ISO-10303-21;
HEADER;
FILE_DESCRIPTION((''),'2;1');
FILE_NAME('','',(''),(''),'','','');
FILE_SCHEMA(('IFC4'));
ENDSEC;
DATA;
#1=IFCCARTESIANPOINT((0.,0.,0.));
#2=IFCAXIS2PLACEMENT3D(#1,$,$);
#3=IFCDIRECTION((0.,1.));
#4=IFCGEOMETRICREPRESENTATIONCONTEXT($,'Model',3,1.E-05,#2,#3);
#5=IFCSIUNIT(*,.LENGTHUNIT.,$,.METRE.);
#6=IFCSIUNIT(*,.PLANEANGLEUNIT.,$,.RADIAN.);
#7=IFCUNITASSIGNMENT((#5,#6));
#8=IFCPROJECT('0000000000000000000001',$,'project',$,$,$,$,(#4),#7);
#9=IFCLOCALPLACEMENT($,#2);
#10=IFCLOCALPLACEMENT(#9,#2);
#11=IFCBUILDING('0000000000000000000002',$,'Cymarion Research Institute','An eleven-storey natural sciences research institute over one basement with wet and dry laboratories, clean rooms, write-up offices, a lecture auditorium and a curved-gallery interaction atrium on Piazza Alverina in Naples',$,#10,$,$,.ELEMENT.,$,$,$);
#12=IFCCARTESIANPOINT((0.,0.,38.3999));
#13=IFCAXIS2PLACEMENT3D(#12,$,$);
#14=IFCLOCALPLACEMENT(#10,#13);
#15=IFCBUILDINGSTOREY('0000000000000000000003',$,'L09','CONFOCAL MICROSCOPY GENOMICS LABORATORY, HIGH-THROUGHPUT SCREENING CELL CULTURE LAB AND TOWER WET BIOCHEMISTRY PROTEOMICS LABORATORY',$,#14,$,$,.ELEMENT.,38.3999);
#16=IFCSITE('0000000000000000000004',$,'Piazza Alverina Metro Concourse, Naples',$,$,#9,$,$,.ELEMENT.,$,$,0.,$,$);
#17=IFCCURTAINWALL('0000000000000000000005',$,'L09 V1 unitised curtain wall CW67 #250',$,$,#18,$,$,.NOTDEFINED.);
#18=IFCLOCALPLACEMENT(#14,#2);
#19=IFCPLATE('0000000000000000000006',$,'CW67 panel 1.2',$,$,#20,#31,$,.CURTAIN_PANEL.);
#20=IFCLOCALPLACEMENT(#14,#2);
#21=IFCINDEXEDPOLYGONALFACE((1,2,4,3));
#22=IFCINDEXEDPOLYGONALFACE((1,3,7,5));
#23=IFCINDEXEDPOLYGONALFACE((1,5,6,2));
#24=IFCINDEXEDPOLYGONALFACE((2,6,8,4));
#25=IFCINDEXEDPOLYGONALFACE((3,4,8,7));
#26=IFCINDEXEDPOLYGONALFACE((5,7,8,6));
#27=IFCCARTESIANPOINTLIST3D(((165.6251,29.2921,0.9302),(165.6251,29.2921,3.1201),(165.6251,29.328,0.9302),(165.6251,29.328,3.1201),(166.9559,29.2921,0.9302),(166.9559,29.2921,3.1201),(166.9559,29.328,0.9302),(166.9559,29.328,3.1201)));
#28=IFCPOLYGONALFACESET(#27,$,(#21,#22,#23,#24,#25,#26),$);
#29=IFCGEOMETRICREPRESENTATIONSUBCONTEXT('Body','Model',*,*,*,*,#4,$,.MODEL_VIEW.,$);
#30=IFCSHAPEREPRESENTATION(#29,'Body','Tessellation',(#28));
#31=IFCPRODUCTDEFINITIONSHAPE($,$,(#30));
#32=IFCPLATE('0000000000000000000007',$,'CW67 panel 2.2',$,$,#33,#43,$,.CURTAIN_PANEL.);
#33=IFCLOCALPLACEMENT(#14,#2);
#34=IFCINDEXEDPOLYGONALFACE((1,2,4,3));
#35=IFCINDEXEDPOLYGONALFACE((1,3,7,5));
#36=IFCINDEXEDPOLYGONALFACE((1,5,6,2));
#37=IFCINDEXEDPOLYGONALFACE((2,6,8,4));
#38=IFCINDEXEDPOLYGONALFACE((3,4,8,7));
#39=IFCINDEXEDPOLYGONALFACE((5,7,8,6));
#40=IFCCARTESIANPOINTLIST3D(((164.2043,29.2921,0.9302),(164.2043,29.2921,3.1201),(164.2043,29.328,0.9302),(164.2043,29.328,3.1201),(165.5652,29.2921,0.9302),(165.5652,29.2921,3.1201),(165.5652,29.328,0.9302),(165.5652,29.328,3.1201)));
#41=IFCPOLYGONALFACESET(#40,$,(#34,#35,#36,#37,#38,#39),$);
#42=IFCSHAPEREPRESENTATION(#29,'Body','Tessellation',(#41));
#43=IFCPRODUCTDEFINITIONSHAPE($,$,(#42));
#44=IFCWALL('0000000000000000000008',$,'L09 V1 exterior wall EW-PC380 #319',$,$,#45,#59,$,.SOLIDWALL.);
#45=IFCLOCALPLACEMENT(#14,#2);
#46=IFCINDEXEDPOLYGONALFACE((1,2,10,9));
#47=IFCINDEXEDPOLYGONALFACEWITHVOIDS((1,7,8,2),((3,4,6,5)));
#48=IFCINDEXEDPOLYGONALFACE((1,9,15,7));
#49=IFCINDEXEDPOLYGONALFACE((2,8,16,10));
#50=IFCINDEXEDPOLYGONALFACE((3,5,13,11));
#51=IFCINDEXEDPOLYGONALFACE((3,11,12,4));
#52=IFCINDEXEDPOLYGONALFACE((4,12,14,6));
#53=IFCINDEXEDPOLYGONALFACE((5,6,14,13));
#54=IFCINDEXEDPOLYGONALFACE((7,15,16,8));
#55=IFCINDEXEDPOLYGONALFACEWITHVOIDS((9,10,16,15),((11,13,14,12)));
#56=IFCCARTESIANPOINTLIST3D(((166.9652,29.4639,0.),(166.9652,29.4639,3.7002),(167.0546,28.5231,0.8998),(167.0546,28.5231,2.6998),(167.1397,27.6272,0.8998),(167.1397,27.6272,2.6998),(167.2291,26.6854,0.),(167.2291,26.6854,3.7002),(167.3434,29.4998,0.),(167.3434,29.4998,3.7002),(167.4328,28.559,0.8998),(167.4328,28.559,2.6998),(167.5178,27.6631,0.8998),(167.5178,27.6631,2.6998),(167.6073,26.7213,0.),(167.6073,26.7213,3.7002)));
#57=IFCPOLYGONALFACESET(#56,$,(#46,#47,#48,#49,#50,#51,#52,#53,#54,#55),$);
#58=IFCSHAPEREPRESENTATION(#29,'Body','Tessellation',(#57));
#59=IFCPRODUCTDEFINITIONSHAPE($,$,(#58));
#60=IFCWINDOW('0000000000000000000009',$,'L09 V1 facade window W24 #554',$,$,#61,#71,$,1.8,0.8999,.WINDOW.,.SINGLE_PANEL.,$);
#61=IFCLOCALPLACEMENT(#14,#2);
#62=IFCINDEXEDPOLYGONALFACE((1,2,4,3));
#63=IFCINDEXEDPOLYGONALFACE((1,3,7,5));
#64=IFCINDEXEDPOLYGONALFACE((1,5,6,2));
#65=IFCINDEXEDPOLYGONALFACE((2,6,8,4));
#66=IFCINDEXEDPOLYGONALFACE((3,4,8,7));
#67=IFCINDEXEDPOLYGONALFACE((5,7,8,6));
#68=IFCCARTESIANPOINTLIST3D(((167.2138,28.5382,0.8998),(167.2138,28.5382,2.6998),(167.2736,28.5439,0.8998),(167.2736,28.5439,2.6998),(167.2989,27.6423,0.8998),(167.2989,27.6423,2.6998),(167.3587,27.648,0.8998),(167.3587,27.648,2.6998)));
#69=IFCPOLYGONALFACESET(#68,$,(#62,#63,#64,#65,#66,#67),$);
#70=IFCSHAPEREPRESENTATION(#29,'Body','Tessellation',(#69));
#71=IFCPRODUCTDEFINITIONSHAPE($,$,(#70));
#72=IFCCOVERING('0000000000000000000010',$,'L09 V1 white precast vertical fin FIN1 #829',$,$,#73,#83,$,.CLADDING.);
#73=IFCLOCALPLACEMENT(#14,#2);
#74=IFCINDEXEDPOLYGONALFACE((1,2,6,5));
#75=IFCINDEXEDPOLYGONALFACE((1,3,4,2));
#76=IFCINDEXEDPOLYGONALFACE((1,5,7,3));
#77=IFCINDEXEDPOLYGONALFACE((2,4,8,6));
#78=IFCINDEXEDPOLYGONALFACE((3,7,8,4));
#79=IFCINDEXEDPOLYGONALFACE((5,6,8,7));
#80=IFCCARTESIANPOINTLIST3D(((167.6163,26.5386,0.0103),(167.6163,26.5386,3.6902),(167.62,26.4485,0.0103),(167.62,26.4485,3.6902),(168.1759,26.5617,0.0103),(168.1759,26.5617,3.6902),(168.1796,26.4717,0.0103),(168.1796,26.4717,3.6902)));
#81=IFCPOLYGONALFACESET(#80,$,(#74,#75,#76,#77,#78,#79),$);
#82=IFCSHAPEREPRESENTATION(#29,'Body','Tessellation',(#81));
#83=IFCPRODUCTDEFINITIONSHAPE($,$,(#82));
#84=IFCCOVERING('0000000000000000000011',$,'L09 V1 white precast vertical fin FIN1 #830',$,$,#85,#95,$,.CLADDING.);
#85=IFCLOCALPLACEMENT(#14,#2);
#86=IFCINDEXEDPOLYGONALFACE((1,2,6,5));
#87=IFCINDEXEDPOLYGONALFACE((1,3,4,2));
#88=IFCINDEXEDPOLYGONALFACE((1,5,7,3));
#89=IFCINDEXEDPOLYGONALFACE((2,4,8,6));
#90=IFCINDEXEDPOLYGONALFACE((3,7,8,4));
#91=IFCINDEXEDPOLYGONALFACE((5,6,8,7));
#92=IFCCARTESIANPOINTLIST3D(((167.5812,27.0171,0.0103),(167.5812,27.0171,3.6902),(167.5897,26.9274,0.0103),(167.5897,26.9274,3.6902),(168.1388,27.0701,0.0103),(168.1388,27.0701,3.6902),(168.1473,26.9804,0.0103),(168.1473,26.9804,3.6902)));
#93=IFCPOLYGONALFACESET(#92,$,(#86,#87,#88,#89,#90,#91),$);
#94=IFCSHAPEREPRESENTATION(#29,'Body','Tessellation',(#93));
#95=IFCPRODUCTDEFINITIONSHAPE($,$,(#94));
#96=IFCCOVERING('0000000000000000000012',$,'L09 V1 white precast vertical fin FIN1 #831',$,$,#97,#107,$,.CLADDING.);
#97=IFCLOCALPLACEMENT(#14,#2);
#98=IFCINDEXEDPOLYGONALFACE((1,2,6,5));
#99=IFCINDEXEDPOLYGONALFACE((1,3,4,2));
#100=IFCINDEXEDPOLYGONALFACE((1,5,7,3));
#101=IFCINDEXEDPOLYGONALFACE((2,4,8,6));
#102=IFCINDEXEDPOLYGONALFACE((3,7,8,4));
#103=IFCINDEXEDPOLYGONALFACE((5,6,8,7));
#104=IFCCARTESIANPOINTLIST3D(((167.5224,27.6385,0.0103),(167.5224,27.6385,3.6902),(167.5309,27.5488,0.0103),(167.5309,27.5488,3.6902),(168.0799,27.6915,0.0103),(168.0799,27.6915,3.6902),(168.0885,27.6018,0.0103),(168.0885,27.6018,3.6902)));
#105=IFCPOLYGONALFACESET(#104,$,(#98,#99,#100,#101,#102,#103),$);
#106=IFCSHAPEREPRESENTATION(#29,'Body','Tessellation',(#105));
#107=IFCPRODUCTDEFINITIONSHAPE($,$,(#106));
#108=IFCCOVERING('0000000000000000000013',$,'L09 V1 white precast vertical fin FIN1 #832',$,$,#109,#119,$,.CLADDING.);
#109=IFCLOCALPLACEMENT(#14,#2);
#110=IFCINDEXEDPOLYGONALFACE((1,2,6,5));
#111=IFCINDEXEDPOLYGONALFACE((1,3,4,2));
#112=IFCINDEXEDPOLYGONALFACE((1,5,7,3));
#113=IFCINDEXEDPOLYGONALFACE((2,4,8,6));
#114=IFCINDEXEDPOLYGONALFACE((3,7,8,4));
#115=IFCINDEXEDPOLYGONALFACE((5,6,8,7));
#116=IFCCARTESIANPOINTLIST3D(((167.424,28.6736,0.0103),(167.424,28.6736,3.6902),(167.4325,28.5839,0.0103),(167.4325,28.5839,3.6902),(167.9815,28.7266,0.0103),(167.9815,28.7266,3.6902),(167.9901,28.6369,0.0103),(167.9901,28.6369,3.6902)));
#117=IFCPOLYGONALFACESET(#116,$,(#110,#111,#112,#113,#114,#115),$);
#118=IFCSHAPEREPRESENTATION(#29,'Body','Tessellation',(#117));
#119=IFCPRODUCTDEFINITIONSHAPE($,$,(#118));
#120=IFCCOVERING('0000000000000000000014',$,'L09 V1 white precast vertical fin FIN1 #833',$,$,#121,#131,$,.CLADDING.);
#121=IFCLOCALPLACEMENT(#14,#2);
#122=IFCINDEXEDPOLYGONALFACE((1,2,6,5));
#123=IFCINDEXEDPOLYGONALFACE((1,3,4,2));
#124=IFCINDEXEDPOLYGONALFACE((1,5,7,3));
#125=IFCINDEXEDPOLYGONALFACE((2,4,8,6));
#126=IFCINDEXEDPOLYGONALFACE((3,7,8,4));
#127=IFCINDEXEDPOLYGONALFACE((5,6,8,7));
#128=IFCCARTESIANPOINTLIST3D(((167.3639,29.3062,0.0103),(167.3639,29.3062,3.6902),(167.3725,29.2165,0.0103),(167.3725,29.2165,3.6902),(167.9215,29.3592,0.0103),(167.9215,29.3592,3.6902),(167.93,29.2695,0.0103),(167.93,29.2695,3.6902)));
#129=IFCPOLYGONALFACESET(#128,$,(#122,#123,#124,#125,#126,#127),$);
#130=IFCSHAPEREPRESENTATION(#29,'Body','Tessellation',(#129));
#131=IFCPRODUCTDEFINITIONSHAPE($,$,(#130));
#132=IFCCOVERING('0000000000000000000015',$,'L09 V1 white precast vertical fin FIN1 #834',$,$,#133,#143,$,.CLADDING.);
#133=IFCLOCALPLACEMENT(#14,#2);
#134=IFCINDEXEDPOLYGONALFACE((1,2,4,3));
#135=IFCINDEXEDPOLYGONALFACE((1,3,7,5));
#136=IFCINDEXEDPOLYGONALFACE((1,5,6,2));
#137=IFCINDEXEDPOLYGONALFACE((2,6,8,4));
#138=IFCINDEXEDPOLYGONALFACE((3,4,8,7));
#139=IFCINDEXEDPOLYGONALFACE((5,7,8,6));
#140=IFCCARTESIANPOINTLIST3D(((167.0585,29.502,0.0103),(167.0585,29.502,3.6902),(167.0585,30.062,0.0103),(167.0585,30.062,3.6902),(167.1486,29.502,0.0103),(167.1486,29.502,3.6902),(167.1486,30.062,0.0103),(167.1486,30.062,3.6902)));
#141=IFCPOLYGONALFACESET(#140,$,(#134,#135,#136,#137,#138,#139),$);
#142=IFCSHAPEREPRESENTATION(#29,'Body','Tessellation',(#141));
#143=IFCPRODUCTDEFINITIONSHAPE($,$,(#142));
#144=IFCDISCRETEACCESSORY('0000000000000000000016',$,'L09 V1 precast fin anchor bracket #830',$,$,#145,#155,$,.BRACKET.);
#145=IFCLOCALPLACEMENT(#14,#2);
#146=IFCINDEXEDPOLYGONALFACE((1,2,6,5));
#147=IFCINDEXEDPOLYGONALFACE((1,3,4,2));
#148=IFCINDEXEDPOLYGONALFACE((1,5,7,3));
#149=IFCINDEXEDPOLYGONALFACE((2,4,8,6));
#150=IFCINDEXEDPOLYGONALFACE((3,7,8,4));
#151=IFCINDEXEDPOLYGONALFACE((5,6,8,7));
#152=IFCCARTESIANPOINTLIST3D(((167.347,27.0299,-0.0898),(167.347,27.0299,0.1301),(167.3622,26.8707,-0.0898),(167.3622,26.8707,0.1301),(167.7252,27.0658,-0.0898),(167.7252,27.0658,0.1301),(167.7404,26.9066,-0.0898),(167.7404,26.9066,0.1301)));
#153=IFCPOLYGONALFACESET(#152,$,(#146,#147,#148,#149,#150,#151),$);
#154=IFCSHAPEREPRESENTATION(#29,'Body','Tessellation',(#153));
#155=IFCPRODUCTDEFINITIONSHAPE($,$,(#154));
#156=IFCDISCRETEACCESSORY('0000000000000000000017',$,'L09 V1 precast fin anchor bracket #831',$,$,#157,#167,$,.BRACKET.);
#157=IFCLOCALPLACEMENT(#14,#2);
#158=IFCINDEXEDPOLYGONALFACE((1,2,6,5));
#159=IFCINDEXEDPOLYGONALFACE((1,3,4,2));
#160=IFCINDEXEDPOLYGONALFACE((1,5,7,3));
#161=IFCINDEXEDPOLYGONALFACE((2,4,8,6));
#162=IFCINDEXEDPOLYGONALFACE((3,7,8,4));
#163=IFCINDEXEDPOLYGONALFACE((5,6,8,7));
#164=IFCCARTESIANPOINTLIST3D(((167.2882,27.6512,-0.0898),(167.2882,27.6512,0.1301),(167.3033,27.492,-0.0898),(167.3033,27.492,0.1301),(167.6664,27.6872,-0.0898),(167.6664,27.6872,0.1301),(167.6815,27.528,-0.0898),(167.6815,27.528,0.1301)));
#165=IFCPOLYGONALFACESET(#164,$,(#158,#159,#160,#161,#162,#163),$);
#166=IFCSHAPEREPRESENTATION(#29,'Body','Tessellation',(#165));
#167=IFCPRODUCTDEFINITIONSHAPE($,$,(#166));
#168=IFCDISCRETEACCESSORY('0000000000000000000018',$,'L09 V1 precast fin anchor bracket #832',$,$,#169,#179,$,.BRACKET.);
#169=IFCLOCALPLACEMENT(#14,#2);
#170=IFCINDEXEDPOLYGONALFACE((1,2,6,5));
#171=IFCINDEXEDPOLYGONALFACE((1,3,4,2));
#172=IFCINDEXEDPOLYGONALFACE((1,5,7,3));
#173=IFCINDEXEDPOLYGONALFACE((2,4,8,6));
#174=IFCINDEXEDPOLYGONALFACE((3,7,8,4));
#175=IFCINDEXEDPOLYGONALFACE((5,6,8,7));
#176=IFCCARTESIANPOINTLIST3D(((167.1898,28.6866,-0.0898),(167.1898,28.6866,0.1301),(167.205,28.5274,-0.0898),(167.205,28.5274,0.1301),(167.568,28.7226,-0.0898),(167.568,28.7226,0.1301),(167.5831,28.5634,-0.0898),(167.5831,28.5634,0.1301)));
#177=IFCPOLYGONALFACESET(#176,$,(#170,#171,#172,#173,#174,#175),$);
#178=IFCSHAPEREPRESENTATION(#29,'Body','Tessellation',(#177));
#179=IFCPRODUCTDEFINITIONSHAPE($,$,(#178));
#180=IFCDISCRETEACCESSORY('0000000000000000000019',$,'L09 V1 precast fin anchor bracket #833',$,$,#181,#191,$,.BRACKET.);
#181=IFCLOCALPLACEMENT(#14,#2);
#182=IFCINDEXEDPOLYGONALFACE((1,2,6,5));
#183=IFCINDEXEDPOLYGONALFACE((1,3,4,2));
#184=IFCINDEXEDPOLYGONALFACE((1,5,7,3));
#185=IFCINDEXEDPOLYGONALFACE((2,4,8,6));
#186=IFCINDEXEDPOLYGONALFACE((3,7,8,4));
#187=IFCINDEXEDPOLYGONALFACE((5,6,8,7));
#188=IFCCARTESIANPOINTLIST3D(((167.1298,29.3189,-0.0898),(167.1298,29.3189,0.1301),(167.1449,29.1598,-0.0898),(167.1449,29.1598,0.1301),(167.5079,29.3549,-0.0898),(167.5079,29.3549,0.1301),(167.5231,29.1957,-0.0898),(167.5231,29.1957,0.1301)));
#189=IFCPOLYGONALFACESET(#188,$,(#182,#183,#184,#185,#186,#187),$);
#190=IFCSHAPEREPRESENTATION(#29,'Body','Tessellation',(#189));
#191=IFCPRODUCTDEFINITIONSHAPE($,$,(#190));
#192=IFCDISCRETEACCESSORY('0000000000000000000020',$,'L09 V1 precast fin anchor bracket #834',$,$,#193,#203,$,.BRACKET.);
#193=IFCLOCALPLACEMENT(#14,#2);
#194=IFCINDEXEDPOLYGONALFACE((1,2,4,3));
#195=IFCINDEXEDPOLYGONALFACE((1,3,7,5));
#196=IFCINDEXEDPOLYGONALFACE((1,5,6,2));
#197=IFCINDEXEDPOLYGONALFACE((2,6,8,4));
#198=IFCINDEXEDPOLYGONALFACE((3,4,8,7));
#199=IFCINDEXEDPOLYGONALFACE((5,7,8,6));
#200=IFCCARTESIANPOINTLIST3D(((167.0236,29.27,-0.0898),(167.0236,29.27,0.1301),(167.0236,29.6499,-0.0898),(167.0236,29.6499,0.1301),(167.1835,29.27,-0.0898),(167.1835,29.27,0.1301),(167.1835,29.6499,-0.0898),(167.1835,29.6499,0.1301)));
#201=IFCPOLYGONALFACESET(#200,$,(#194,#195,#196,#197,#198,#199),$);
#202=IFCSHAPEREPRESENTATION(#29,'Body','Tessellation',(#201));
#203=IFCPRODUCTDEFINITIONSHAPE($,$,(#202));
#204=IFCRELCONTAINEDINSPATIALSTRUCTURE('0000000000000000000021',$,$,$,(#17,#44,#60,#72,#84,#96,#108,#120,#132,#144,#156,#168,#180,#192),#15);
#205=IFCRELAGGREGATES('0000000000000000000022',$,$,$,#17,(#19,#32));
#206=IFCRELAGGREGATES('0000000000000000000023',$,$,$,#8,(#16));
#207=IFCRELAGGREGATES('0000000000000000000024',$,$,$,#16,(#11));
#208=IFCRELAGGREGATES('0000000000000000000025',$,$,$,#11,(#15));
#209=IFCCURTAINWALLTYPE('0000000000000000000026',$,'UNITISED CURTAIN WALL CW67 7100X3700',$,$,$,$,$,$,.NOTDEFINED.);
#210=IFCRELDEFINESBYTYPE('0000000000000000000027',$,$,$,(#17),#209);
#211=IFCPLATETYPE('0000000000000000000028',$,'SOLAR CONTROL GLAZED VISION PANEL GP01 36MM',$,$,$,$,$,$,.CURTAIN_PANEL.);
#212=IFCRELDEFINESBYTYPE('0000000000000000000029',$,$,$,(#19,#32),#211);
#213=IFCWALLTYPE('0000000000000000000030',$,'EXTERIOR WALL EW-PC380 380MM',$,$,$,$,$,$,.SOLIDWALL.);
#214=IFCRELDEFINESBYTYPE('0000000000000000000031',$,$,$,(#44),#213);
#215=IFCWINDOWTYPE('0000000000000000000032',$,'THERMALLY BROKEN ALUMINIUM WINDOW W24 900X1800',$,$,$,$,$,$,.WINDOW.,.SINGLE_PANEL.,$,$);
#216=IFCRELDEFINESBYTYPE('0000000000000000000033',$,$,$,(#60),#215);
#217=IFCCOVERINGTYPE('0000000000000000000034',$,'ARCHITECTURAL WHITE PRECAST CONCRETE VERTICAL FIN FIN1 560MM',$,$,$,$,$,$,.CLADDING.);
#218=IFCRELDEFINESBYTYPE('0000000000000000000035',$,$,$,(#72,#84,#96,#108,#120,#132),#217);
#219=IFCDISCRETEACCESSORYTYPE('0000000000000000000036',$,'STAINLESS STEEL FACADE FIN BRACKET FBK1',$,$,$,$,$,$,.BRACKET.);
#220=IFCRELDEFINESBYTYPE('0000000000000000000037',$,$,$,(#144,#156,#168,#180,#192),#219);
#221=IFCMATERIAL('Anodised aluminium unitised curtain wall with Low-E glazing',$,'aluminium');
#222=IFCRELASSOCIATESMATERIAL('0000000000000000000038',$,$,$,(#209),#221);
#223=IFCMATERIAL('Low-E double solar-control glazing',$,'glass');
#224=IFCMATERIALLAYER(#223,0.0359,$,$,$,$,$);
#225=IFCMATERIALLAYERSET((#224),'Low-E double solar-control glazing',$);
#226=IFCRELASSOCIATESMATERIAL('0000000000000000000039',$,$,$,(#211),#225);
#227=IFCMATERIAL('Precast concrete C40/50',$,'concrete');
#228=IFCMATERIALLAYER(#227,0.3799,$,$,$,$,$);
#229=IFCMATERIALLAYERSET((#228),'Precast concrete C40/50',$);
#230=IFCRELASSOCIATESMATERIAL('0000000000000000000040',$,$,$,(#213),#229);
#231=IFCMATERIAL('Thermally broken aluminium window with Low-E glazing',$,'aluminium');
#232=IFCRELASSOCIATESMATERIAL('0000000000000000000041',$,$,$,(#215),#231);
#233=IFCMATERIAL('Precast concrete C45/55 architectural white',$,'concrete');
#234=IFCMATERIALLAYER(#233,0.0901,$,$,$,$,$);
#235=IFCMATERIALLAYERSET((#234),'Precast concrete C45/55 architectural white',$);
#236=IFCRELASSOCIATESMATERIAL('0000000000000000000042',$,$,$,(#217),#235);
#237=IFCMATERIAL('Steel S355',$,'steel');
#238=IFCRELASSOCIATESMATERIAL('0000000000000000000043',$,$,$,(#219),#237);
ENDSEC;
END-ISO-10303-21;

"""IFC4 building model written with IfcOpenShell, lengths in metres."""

from ifc_helpers import new_model, si_unit, direction, frame, frame_2d, origin, origin_2d, place, context, subcontext, project, spatial, rectangle, extrude, material, layer, layer_set, type_object, element, fill, aggregate, save


model = new_model("IFC4")

# Units and contexts
model_context = context("Model", 3, precision=1e-05, world=origin(), true_north=direction((0.0, 1.0)))
body_context = subcontext(model_context, "Body", "Model", "MODEL_VIEW")
ifc_project = project(units=[si_unit("LENGTHUNIT", "METRE"), si_unit("PLANEANGLEUNIT", "RADIAN")], contexts=[model_context])

# Site, building, storey
site_placement = place(None, origin())
site = spatial("IfcSite", under=ifc_project, at=site_placement, Name="Piazza Alverina Metro Concourse, Naples", CompositionType="ELEMENT", RefElevation=0.0)
building_placement = place(site_placement, origin())
building = spatial("IfcBuilding", under=site, at=building_placement, Name="Cymarion Research Institute", Description="An eleven-storey natural sciences research institute over one basement with wet and dry laboratories, clean rooms, write-up offices, a lecture auditorium and a curved-gallery interaction atrium on Piazza Alverina in Naples", CompositionType="ELEMENT")
storey_placement = place(building_placement, frame((0.0, 0.0, 38.3999)))
storey = spatial("IfcBuildingStorey", under=building, at=storey_placement, Name="L09", Description="CONFOCAL MICROSCOPY GENOMICS LABORATORY, HIGH-THROUGHPUT SCREENING CELL CULTURE LAB AND TOWER WET BIOCHEMISTRY PROTEOMICS LABORATORY", CompositionType="ELEMENT", Elevation=38.3999)

# Curtain wall, plates
ifc_material_1 = material(Name="Anodised aluminium unitised curtain wall with Low-E glazing", Category="aluminium")
curtain_wall_type = type_object("IfcCurtainWallType", Name="UNITISED CURTAIN WALL CW67 7100X3700", PredefinedType="NOTDEFINED", material=ifc_material_1)
curtain_wall_placement = place(storey_placement, origin())
curtain_wall = element("IfcCurtainWall", 1, at=curtain_wall_placement, inside=storey, type_object=curtain_wall_type, Name="L09 V1 unitised curtain wall CW67 #250", PredefinedType="NOTDEFINED")
ifc_material_2 = material(Name="Low-E double solar-control glazing", Category="glass")
ifc_layer_1 = layer(ifc_material_2, 0.0359)
ifc_layer_set_1 = layer_set([ifc_layer_1], Name="Low-E double solar-control glazing")
plate_type_1 = type_object("IfcPlateType", Name="SOLAR CONTROL GLAZED VISION PANEL GP01 36MM", PredefinedType="CURTAIN_PANEL", material=ifc_layer_set_1)
plate_1_placement = place(storey_placement, frame((166.2905, 29.3101, 0.9302), z_axis=(0.0, 0.0, 1.0), x_axis=(-1.0, 0.0, 0.0)))
plate_1 = element("IfcPlate", 2, at=plate_1_placement, type_object=plate_type_1, Name="CW67 panel 1.2", PredefinedType="CURTAIN_PANEL", context=body_context, shape_type="SweptSolid", body=[
    extrude(rectangle(XDim=1.3308, YDim=0.0359, at=origin_2d()), origin(), (0.0, 0.0, 1.0), 2.1899),
])
plate_2_placement = place(storey_placement, frame((164.8848, 29.3101, 0.9302), z_axis=(0.0, 0.0, 1.0), x_axis=(-1.0, 0.0, 0.0)))
plate_2 = element("IfcPlate", 3, at=plate_2_placement, type_object=plate_type_1, Name="CW67 panel 2.2", PredefinedType="CURTAIN_PANEL", context=body_context, shape_type="SweptSolid", body=[
    extrude(rectangle(XDim=1.3608, YDim=0.0359, at=origin_2d()), origin(), (0.0, 0.0, 1.0), 2.1899),
])
aggregate(curtain_wall, [plate_1, plate_2])

# Wall, opening, window
ifc_material_3 = material(Name="Precast concrete C40/50", Category="concrete")
ifc_layer_2 = layer(ifc_material_3, 0.3799)
ifc_layer_set_2 = layer_set([ifc_layer_2], Name="Precast concrete C40/50")
wall_type = type_object("IfcWallType", Name="EXTERIOR WALL EW-PC380 380MM", PredefinedType="SOLIDWALL", material=ifc_layer_set_2)
wall_placement = place(storey_placement, frame((167.4182, 26.7034, 0.0), z_axis=(0.0, 0.0, 1.0), x_axis=(-0.094557, 0.995519, 0.0)))
wall = element("IfcWall", 4, at=wall_placement, inside=storey, type_object=wall_type, Name="L09 V1 exterior wall EW-PC380 #319", PredefinedType="SOLIDWALL", context=body_context, shape_type="SweptSolid", body=[
    extrude(rectangle(XDim=2.791, YDim=0.3799, at=frame_2d((1.3955, 0.0))), origin(), (0.0, 0.0, 1.0), 3.7002),
])
opening_placement = place(wall_placement, frame((0.946, 0.0, 0.8999)))
opening = element("IfcOpeningElement", 5, at=opening_placement, cuts=wall, PredefinedType="OPENING", context=body_context, shape_type="SweptSolid", body=[
    extrude(rectangle(XDim=0.8999, YDim=1.8, at=frame_2d((0.45, 0.8999))), frame((0.0, 0.2, 0.0), z_axis=(0.0, -1.0, 0.0), x_axis=(1.0, 0.0, 0.0)), (0.0, 0.0, 1.0), 0.3999),
])
ifc_material_4 = material(Name="Thermally broken aluminium window with Low-E glazing", Category="aluminium")
window_type = type_object("IfcWindowType", Name="THERMALLY BROKEN ALUMINIUM WINDOW W24 900X1800", PartitioningType="SINGLE_PANEL", PredefinedType="WINDOW", material=ifc_material_4)
window_placement = place(opening_placement, origin())
window = element("IfcWindow", 6, at=window_placement, inside=storey, type_object=window_type, Name="L09 V1 facade window W24 #554", OverallHeight=1.8, OverallWidth=0.8999, PartitioningType="SINGLE_PANEL", PredefinedType="WINDOW", context=body_context, shape_type="SweptSolid", body=[
    extrude(rectangle(XDim=0.8999, YDim=1.8, at=frame_2d((0.45, 0.8999))), frame((0.0, 0.03, 0.0), z_axis=(0.0, -1.0, 0.0), x_axis=(1.0, 0.0, 0.0)), (0.0, 0.0, 1.0), 0.0601),
])
fill(opening, window)

# Coverings
ifc_material_5 = material(Name="Precast concrete C45/55 architectural white", Category="concrete")
ifc_layer_3 = layer(ifc_material_5, 0.0901)
ifc_layer_set_3 = layer_set([ifc_layer_3], Name="Precast concrete C45/55 architectural white")
covering_type = type_object("IfcCoveringType", Name="ARCHITECTURAL WHITE PRECAST CONCRETE VERTICAL FIN FIN1 560MM", PredefinedType="CLADDING", material=ifc_layer_set_3)
for number, where, z_axis, x_axis, name in (
    (7, (167.8979, 26.5051, 0.0103), (0.0, 0.0, 1.0), (0.999145, 0.041353, 0.0), "L09 V1 white precast vertical fin FIN1 #829"),
    (8, (167.8643, 26.9988, 0.0103), (0.0, 0.0, 1.0), (0.995513, 0.09463, 0.0), "L09 V1 white precast vertical fin FIN1 #830"),
    (9, (167.8054, 27.6201, 0.0103), (0.0, 0.0, 1.0), (0.995513, 0.09463, 0.0), "L09 V1 white precast vertical fin FIN1 #831"),
    (10, (167.707, 28.6553, 0.0103), (0.0, 0.0, 1.0), (0.995513, 0.09463, 0.0), "L09 V1 white precast vertical fin FIN1 #832"),
    (11, (167.647, 29.2878, 0.0103), (0.0, 0.0, 1.0), (0.995513, 0.09463, 0.0), "L09 V1 white precast vertical fin FIN1 #833"),
    (12, (167.1035, 29.782, 0.0103), (0.0, 0.0, 1.0), (0.0, 1.0, 0.0), "L09 V1 white precast vertical fin FIN1 #834"),
):
    element("IfcCovering", number, at=place(storey_placement, frame(where, z_axis=z_axis, x_axis=x_axis)), inside=storey, type_object=covering_type, Name=name, PredefinedType="CLADDING", context=body_context, shape_type="SweptSolid", body=[
        extrude(rectangle(XDim=0.5601, YDim=0.0901, at=origin_2d()), origin(), (0.0, 0.0, 1.0), 3.6799),
    ])

# Discrete accessories
ifc_material_6 = material(Name="Steel S355", Category="steel")
discrete_accessory_type = type_object("IfcDiscreteAccessoryType", Name="STAINLESS STEEL FACADE FIN BRACKET FBK1", PredefinedType="BRACKET", material=ifc_material_6)
for number, where, z_axis, x_axis, name in (
    (13, (167.5437, 26.9683, -0.0898), (0.0, 0.0, 1.0), (0.995513, 0.09463, 0.0), "L09 V1 precast fin anchor bracket #830"),
    (14, (167.4849, 27.5896, -0.0898), (0.0, 0.0, 1.0), (0.995513, 0.09463, 0.0), "L09 V1 precast fin anchor bracket #831"),
    (15, (167.3865, 28.625, -0.0898), (0.0, 0.0, 1.0), (0.995513, 0.09463, 0.0), "L09 V1 precast fin anchor bracket #832"),
    (16, (167.3264, 29.2573, -0.0898), (0.0, 0.0, 1.0), (0.995513, 0.09463, 0.0), "L09 V1 precast fin anchor bracket #833"),
    (17, (167.1035, 29.46, -0.0898), (0.0, 0.0, 1.0), (0.0, 1.0, 0.0), "L09 V1 precast fin anchor bracket #834"),
):
    element("IfcDiscreteAccessory", number, at=place(storey_placement, frame(where, z_axis=z_axis, x_axis=x_axis)), inside=storey, type_object=discrete_accessory_type, Name=name, PredefinedType="BRACKET", context=body_context, shape_type="SweptSolid", body=[
        extrude(rectangle(XDim=0.3799, YDim=0.1599, at=origin_2d()), origin(), (0.0, 0.0, 1.0), 0.22),
    ])

save(model, "model.ifc")
